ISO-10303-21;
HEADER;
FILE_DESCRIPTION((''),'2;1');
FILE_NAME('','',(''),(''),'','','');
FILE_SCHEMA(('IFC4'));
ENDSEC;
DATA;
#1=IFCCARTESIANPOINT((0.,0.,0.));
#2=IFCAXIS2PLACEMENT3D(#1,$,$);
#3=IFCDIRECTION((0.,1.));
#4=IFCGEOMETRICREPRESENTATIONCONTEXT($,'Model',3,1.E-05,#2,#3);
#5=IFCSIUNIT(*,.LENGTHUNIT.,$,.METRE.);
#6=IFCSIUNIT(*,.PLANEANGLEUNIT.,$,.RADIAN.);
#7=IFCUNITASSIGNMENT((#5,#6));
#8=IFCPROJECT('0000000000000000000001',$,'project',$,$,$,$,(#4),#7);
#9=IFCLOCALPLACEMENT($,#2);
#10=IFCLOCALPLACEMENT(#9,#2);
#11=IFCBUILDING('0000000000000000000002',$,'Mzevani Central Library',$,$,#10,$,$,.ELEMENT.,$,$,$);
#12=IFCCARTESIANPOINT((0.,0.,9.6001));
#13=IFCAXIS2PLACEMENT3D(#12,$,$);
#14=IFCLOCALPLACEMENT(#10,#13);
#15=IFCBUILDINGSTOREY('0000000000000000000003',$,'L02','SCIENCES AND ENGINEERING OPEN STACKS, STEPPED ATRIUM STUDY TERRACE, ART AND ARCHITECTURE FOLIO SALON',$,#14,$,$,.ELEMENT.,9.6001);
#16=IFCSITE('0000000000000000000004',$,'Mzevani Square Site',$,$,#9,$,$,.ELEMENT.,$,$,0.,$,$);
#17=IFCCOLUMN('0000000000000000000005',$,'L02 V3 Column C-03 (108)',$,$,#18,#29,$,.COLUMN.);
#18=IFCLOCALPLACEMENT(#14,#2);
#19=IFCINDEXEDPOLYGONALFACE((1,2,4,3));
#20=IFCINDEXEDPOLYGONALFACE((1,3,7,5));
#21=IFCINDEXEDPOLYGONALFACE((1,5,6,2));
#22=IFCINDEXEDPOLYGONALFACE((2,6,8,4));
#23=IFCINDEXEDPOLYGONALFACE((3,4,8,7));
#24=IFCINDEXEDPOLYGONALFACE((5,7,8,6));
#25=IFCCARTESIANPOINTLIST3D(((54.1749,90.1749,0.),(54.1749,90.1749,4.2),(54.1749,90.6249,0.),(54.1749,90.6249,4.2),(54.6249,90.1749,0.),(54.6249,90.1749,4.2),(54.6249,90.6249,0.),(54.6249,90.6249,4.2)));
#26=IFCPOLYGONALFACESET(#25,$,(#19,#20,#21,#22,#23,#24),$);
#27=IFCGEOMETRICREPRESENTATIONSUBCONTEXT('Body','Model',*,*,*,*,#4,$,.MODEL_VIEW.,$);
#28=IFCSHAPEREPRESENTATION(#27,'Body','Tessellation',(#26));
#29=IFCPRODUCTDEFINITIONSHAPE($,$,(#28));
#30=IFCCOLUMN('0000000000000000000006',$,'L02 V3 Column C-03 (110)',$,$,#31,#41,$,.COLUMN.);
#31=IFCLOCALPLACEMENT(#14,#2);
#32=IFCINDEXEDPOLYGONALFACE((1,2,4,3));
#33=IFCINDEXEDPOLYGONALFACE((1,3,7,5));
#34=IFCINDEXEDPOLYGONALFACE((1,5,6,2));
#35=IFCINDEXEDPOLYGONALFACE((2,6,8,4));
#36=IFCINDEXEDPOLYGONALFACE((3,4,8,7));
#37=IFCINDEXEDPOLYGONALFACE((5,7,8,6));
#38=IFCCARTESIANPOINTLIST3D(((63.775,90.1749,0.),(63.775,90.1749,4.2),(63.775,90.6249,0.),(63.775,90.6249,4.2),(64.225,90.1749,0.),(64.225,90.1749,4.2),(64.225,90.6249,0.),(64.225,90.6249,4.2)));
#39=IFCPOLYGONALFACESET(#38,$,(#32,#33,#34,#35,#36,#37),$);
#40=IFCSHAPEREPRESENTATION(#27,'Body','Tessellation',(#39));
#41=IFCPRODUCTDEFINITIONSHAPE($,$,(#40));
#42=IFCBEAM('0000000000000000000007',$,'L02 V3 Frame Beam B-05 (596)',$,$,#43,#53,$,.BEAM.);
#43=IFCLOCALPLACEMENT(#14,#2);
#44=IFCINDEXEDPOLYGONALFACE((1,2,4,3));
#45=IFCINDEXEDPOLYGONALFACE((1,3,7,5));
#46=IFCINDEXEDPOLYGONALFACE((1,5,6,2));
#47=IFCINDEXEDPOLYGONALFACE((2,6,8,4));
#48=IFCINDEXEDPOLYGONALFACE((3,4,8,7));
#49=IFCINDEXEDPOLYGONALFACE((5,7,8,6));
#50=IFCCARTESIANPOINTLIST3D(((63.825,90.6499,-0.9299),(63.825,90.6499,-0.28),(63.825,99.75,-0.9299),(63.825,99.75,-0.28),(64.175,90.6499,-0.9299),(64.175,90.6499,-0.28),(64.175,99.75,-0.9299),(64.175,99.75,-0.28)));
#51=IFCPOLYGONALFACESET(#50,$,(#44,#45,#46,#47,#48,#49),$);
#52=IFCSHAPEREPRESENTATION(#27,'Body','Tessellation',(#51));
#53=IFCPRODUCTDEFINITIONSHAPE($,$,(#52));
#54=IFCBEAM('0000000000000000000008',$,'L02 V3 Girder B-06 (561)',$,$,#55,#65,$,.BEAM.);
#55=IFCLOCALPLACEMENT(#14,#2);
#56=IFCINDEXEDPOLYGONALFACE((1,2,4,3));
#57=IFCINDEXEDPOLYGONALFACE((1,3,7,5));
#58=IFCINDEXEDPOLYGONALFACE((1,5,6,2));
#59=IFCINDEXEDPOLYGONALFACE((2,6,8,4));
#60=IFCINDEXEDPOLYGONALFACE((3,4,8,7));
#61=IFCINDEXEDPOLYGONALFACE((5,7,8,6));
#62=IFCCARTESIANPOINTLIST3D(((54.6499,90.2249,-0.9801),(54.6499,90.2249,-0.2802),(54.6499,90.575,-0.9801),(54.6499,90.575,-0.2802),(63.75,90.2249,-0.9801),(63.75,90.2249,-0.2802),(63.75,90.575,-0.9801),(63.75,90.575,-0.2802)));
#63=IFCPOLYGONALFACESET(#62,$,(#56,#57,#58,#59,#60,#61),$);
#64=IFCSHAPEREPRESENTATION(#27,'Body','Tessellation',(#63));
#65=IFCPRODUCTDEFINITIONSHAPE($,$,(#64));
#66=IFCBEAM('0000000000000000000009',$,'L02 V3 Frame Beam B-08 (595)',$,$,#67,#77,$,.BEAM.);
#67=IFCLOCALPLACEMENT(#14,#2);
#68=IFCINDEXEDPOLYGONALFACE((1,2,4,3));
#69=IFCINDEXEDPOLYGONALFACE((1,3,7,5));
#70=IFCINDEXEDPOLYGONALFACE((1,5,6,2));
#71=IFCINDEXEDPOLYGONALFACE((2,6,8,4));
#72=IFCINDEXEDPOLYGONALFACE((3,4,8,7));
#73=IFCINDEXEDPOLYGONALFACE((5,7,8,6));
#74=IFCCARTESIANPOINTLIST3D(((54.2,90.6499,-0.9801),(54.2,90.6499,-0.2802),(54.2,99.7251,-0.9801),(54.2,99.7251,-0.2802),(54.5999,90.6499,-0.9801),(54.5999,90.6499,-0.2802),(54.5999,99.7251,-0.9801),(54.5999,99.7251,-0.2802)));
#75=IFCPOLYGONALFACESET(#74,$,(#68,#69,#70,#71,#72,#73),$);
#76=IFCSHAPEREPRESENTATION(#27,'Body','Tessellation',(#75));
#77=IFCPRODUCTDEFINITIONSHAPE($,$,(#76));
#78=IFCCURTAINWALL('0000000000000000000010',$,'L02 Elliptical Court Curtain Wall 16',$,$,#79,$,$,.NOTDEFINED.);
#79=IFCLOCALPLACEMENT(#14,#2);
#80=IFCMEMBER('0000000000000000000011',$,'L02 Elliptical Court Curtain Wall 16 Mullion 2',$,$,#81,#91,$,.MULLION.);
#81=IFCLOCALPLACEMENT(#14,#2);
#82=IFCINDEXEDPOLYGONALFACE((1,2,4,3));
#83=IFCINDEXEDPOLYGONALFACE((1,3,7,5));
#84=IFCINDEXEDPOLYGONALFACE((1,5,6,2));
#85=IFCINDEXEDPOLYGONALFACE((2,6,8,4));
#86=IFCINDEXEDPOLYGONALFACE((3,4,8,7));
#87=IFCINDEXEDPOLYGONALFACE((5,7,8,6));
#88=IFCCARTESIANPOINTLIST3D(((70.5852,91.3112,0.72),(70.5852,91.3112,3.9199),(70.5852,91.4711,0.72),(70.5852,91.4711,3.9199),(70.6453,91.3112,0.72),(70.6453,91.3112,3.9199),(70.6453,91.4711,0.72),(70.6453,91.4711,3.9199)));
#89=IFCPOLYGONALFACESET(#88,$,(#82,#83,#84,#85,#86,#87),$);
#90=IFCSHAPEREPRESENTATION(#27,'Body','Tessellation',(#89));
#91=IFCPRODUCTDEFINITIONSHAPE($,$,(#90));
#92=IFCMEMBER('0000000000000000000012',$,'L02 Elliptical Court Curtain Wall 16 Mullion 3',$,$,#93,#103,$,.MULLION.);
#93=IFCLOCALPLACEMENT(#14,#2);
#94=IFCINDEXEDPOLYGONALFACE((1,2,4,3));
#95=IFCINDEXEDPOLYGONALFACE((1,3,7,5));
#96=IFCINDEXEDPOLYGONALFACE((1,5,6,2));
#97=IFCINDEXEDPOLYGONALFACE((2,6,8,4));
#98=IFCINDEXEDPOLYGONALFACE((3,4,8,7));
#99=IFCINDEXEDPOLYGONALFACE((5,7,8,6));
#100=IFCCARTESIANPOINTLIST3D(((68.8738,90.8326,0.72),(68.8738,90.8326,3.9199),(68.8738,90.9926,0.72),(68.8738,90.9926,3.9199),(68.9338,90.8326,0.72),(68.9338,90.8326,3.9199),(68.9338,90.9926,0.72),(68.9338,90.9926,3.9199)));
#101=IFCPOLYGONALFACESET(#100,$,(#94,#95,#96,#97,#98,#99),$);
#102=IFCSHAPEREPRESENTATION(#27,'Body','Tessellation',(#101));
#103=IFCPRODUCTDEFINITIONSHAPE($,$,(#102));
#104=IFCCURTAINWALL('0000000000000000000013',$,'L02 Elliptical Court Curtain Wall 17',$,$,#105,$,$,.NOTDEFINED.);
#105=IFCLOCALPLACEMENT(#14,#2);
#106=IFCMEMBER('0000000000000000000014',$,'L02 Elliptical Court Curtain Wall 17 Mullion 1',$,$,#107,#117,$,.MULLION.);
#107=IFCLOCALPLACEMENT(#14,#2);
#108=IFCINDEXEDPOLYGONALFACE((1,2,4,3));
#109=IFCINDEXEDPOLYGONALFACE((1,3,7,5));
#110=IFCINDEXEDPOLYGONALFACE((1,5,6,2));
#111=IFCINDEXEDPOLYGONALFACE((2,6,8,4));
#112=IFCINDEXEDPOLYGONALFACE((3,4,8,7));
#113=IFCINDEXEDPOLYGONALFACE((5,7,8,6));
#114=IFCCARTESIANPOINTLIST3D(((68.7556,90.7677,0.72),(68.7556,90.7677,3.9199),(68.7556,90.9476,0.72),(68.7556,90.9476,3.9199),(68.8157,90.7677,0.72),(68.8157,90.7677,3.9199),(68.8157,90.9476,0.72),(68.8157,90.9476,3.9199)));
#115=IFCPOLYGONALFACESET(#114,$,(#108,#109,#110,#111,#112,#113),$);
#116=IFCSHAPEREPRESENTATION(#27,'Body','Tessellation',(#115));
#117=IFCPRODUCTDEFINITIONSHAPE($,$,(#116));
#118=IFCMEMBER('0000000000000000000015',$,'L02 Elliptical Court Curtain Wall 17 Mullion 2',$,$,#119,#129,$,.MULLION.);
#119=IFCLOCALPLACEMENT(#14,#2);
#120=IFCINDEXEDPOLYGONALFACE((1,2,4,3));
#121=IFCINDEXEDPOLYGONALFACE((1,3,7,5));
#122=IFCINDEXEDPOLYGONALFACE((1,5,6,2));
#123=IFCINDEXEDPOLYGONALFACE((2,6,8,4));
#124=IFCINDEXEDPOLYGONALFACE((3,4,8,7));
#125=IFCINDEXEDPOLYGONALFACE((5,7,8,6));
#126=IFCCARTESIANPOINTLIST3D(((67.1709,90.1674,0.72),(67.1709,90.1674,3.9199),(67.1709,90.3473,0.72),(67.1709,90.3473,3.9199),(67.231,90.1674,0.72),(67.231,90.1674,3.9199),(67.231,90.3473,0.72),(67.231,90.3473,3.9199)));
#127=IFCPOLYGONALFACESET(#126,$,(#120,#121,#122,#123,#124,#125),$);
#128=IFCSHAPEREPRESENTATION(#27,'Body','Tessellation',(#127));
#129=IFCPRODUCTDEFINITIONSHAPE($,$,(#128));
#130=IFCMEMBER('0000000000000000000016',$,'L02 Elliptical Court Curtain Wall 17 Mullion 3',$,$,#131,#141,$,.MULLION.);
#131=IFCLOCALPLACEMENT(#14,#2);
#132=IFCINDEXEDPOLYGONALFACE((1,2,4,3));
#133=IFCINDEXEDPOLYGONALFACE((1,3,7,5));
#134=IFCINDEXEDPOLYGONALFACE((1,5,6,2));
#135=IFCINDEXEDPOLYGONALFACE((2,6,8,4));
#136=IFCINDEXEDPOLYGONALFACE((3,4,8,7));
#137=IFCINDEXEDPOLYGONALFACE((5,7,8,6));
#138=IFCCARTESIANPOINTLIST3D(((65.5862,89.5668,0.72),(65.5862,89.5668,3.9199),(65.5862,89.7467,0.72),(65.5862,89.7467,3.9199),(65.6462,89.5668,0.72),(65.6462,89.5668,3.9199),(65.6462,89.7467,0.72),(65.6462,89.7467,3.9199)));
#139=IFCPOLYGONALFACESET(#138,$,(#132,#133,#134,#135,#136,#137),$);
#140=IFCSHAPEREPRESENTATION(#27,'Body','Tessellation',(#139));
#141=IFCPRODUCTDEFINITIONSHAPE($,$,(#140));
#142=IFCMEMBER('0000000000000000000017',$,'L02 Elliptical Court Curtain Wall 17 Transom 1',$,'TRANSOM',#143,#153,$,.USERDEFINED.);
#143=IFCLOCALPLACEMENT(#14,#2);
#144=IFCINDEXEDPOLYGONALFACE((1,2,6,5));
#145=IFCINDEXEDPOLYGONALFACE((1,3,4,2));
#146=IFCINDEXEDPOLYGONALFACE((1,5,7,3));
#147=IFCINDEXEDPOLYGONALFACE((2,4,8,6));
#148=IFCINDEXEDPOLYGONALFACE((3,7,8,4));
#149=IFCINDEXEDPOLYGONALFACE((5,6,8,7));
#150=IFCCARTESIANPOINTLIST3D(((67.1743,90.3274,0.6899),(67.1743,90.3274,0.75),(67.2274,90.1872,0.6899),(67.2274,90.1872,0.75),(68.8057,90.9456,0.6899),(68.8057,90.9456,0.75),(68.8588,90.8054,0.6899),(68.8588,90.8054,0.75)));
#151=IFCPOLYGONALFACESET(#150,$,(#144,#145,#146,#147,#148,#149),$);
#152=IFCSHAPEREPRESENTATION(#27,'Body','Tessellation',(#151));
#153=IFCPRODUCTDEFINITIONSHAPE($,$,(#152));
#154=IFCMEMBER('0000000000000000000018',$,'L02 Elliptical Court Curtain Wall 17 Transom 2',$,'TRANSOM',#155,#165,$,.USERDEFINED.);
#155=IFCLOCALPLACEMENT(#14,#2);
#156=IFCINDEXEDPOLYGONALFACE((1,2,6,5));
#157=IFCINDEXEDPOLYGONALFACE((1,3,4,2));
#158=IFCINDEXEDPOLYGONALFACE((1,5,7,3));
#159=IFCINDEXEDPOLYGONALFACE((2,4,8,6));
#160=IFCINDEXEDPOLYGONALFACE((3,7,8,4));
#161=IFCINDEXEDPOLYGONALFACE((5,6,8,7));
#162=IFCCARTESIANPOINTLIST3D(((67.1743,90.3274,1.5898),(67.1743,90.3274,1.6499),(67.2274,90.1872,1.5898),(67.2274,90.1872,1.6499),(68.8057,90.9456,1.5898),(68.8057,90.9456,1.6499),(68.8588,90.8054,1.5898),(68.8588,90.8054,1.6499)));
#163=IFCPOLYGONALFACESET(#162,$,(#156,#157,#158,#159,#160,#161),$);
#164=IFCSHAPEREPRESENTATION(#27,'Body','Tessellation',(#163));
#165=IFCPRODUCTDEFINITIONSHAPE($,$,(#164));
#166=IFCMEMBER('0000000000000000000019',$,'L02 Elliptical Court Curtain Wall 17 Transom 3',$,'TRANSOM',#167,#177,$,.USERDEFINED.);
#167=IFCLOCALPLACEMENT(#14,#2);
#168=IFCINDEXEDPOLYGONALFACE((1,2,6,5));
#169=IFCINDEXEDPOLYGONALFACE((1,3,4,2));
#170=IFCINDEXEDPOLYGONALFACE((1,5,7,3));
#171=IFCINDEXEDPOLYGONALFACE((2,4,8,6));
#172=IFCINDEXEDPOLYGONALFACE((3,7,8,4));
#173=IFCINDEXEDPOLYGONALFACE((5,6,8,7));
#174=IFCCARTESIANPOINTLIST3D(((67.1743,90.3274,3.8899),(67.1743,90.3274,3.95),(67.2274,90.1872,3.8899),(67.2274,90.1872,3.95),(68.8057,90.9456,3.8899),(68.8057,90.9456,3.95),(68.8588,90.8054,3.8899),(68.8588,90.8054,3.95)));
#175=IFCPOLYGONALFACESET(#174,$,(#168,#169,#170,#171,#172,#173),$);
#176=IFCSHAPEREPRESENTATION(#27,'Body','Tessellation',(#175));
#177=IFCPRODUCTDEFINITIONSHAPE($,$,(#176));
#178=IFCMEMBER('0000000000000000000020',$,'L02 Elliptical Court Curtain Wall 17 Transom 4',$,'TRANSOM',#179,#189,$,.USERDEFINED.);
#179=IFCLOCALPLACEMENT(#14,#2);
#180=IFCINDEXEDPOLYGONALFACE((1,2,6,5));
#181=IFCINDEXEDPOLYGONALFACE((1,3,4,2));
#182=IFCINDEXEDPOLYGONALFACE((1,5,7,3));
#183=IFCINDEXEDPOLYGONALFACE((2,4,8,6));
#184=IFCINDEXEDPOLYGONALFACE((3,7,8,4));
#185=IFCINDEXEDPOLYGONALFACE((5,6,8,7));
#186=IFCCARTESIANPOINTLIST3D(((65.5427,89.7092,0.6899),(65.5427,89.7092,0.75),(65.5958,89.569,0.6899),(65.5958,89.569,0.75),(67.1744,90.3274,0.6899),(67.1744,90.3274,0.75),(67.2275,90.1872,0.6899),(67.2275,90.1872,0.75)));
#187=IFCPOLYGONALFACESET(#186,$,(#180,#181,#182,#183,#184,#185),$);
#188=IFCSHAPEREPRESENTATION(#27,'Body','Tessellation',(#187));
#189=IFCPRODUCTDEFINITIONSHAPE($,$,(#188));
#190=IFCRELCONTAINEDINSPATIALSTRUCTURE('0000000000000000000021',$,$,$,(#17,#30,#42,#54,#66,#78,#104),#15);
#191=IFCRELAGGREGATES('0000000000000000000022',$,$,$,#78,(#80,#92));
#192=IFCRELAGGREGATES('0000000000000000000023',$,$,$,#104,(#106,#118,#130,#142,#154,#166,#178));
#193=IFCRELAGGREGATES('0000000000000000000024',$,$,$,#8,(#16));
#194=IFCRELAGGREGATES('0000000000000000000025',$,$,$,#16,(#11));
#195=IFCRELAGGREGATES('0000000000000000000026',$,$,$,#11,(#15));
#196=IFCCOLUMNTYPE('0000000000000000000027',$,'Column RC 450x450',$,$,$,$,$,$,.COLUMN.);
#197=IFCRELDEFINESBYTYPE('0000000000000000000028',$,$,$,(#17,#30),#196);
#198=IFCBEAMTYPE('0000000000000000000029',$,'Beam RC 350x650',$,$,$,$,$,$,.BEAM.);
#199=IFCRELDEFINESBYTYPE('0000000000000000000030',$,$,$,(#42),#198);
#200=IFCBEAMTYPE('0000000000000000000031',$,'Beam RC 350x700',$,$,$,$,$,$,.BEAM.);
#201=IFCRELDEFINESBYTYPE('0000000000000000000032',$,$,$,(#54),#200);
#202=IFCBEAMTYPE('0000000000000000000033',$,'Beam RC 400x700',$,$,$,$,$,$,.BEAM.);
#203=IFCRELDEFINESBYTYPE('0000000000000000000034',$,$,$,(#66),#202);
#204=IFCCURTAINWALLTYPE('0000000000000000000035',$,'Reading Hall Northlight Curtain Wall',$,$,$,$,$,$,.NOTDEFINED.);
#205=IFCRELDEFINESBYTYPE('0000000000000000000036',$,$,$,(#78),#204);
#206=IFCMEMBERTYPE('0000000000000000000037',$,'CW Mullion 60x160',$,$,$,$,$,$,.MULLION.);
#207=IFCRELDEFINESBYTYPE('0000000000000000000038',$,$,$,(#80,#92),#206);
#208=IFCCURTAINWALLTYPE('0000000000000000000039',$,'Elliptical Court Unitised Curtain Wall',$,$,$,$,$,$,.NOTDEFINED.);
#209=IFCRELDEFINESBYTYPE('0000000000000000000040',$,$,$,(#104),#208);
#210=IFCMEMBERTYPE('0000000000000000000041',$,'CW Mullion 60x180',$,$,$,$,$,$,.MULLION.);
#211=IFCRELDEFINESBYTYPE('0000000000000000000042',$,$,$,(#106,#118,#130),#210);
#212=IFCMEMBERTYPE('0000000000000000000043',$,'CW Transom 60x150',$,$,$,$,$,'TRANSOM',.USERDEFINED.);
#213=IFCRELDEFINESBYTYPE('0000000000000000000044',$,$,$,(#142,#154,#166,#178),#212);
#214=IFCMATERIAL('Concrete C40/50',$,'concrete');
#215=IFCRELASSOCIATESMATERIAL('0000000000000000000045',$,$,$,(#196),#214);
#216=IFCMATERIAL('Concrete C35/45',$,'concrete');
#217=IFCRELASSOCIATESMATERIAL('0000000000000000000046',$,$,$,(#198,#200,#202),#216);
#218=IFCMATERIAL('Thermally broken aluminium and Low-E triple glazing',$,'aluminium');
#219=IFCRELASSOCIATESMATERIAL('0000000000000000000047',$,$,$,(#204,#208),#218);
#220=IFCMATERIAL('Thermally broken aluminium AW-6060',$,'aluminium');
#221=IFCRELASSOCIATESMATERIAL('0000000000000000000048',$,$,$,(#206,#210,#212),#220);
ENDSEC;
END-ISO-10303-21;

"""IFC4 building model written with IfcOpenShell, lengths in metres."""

from ifc_helpers import new_model, si_unit, direction, frame, origin, origin_2d, place, context, subcontext, project, spatial, rectangle, extrude, material, material_profile, profile_set, type_object, element, aggregate, save


model = new_model("IFC4")

# Units and contexts
model_context = context("Model", 3, precision=1e-05, world=origin(), true_north=direction((0.0, 1.0)))
body_context = subcontext(model_context, "Body", "Model", "MODEL_VIEW")
ifc_project = project(units=[si_unit("LENGTHUNIT", "METRE"), si_unit("PLANEANGLEUNIT", "RADIAN")], contexts=[model_context])

# Site, building, storey
site_placement = place(None, origin())
site = spatial("IfcSite", under=ifc_project, at=site_placement, Name="Mzevani Square Site", CompositionType="ELEMENT", RefElevation=0.0)
building_placement = place(site_placement, origin())
building = spatial("IfcBuilding", under=site, at=building_placement, Name="Mzevani Central Library", CompositionType="ELEMENT")
storey_placement = place(building_placement, frame((0.0, 0.0, 9.6001)))
storey = spatial("IfcBuildingStorey", under=building, at=storey_placement, Name="L02", Description="SCIENCES AND ENGINEERING OPEN STACKS, STEPPED ATRIUM STUDY TERRACE, ART AND ARCHITECTURE FOLIO SALON", CompositionType="ELEMENT", Elevation=9.6001)

# Columns
ifc_material_1 = material(Name="Concrete C40/50", Category="concrete")
ifc_material_profile_1 = material_profile(ifc_material_1, rectangle(XDim=0.45, YDim=0.45, at=origin_2d()), Name="RC 450x450")
ifc_profile_set_1 = profile_set([ifc_material_profile_1], Name="Concrete C40/50")
column_type = type_object("IfcColumnType", Name="Column RC 450x450", PredefinedType="COLUMN", material=ifc_profile_set_1)
for number, where, z_axis, x_axis, name in (
    (1, (54.3999, 90.3999, 0.0), (0.0, 0.0, 1.0), (1.0, 0.0, 0.0), "L02 V3 Column C-03 (108)"),
    (2, (64.0, 90.3999, 0.0), (0.0, 0.0, 1.0), (1.0, 0.0, 0.0), "L02 V3 Column C-03 (110)"),
):
    element("IfcColumn", number, at=place(storey_placement, frame(where, z_axis=z_axis, x_axis=x_axis)), inside=storey, type_object=column_type, Name=name, PredefinedType="COLUMN", context=body_context, shape_type="SweptSolid", body=[
        extrude(rectangle(XDim=0.45, YDim=0.45, at=origin_2d()), origin(), (0.0, 0.0, 1.0), 4.2),
    ])

# Beams
ifc_material_2 = material(Name="Concrete C35/45", Category="concrete")
ifc_material_profile_2 = material_profile(ifc_material_2, rectangle(XDim=0.3501, YDim=0.6499, at=origin_2d()), Name="RC B350x650")
ifc_profile_set_2 = profile_set([ifc_material_profile_2], Name="Concrete C35/45")
beam_type_1 = type_object("IfcBeamType", Name="Beam RC 350x650", PredefinedType="BEAM", material=ifc_profile_set_2)
beam_1_placement = place(storey_placement, frame((64.0, 90.6499, -0.605), z_axis=(0.0, 1.0, 0.0), x_axis=(-1.0, 0.0, 0.0)))
element("IfcBeam", 3, at=beam_1_placement, inside=storey, type_object=beam_type_1, Name="L02 V3 Frame Beam B-05 (596)", PredefinedType="BEAM", context=body_context, shape_type="SweptSolid", body=[
    extrude(rectangle(XDim=0.3501, YDim=0.6499, at=origin_2d()), origin(), (0.0, 0.0, 1.0), 9.1001),
])
ifc_material_profile_3 = material_profile(ifc_material_2, rectangle(XDim=0.3501, YDim=0.7, at=origin_2d()), Name="RC B350x700")
ifc_profile_set_3 = profile_set([ifc_material_profile_3], Name="Concrete C35/45")
beam_type_2 = type_object("IfcBeamType", Name="Beam RC 350x700", PredefinedType="BEAM", material=ifc_profile_set_3)
beam_2_placement = place(storey_placement, frame((54.6499, 90.3999, -0.6301), z_axis=(1.0, 0.0, 0.0), x_axis=(0.0, 1.0, 0.0)))
element("IfcBeam", 4, at=beam_2_placement, inside=storey, type_object=beam_type_2, Name="L02 V3 Girder B-06 (561)", PredefinedType="BEAM", context=body_context, shape_type="SweptSolid", body=[
    extrude(rectangle(XDim=0.3501, YDim=0.7, at=origin_2d()), origin(), (0.0, 0.0, 1.0), 9.1001),
])
ifc_material_profile_4 = material_profile(ifc_material_2, rectangle(XDim=0.3999, YDim=0.7, at=origin_2d()), Name="RC B400x700")
ifc_profile_set_4 = profile_set([ifc_material_profile_4], Name="Concrete C35/45")
beam_type_3 = type_object("IfcBeamType", Name="Beam RC 400x700", PredefinedType="BEAM", material=ifc_profile_set_4)
beam_3_placement = place(storey_placement, frame((54.3999, 90.6499, -0.6301), z_axis=(0.0, 1.0, 0.0), x_axis=(-1.0, 0.0, 0.0)))
element("IfcBeam", 5, at=beam_3_placement, inside=storey, type_object=beam_type_3, Name="L02 V3 Frame Beam B-08 (595)", PredefinedType="BEAM", context=body_context, shape_type="SweptSolid", body=[
    extrude(rectangle(XDim=0.3999, YDim=0.7, at=origin_2d()), origin(), (0.0, 0.0, 1.0), 9.0752),
])

# Curtain walls, members
ifc_material_3 = material(Name="Thermally broken aluminium and Low-E triple glazing", Category="aluminium")
curtain_wall_type_1 = type_object("IfcCurtainWallType", Name="Reading Hall Northlight Curtain Wall", PredefinedType="NOTDEFINED", material=ifc_material_3)
curtain_wall_1_placement = place(storey_placement, origin())
curtain_wall_1 = element("IfcCurtainWall", 6, at=curtain_wall_1_placement, inside=storey, type_object=curtain_wall_type_1, Name="L02 Elliptical Court Curtain Wall 16", PredefinedType="NOTDEFINED")
ifc_material_4 = material(Name="Thermally broken aluminium AW-6060", Category="aluminium")
ifc_material_profile_5 = material_profile(ifc_material_4, rectangle(XDim=0.0601, YDim=0.1599, at=origin_2d()), Name="ALU M60x160")
ifc_profile_set_5 = profile_set([ifc_material_profile_5], Name="Thermally broken aluminium AW-6060")
member_type_1 = type_object("IfcMemberType", Name="CW Mullion 60x160", PredefinedType="MULLION", material=ifc_profile_set_5)
member_1_placement = place(storey_placement, frame((70.6152, 91.3911, 0.72), z_axis=(0.0, 0.0, 1.0), x_axis=(1.0, 0.0, 0.0)))
member_1 = element("IfcMember", 7, at=member_1_placement, type_object=member_type_1, Name="L02 Elliptical Court Curtain Wall 16 Mullion 2", PredefinedType="MULLION", context=body_context, shape_type="SweptSolid", body=[
    extrude(rectangle(XDim=0.0601, YDim=0.1599, at=origin_2d()), origin(), (0.0, 0.0, 1.0), 3.2),
])
member_2_placement = place(storey_placement, frame((68.9038, 90.9126, 0.72), z_axis=(0.0, 0.0, 1.0), x_axis=(1.0, 0.0, 0.0)))
member_2 = element("IfcMember", 8, at=member_2_placement, type_object=member_type_1, Name="L02 Elliptical Court Curtain Wall 16 Mullion 3", PredefinedType="MULLION", context=body_context, shape_type="SweptSolid", body=[
    extrude(rectangle(XDim=0.0601, YDim=0.1599, at=origin_2d()), origin(), (0.0, 0.0, 1.0), 3.2),
])
curtain_wall_type_2 = type_object("IfcCurtainWallType", Name="Elliptical Court Unitised Curtain Wall", PredefinedType="NOTDEFINED", material=ifc_material_3)
curtain_wall_2_placement = place(storey_placement, origin())
curtain_wall_2 = element("IfcCurtainWall", 9, at=curtain_wall_2_placement, inside=storey, type_object=curtain_wall_type_2, Name="L02 Elliptical Court Curtain Wall 17", PredefinedType="NOTDEFINED")
ifc_material_profile_6 = material_profile(ifc_material_4, rectangle(XDim=0.0601, YDim=0.1799, at=origin_2d()), Name="ALU M60x180")
ifc_profile_set_6 = profile_set([ifc_material_profile_6], Name="Thermally broken aluminium AW-6060")
member_type_2 = type_object("IfcMemberType", Name="CW Mullion 60x180", PredefinedType="MULLION", material=ifc_profile_set_6)
member_3_placement = place(storey_placement, frame((68.7856, 90.8577, 0.72), z_axis=(0.0, 0.0, 1.0), x_axis=(1.0, 0.0, 0.0)))
member_3 = element("IfcMember", 10, at=member_3_placement, type_object=member_type_2, Name="L02 Elliptical Court Curtain Wall 17 Mullion 1", PredefinedType="MULLION", context=body_context, shape_type="SweptSolid", body=[
    extrude(rectangle(XDim=0.0601, YDim=0.1799, at=origin_2d()), origin(), (0.0, 0.0, 1.0), 3.2),
])
member_4_placement = place(storey_placement, frame((67.2009, 90.2573, 0.72), z_axis=(0.0, 0.0, 1.0), x_axis=(1.0, 0.0, 0.0)))
member_4 = element("IfcMember", 11, at=member_4_placement, type_object=member_type_2, Name="L02 Elliptical Court Curtain Wall 17 Mullion 2", PredefinedType="MULLION", context=body_context, shape_type="SweptSolid", body=[
    extrude(rectangle(XDim=0.0601, YDim=0.1799, at=origin_2d()), origin(), (0.0, 0.0, 1.0), 3.2),
])
member_5_placement = place(storey_placement, frame((65.6162, 89.6567, 0.72), z_axis=(0.0, 0.0, 1.0), x_axis=(1.0, 0.0, 0.0)))
member_5 = element("IfcMember", 12, at=member_5_placement, type_object=member_type_2, Name="L02 Elliptical Court Curtain Wall 17 Mullion 3", PredefinedType="MULLION", context=body_context, shape_type="SweptSolid", body=[
    extrude(rectangle(XDim=0.0601, YDim=0.1799, at=origin_2d()), origin(), (0.0, 0.0, 1.0), 3.2),
])
ifc_material_profile_7 = material_profile(ifc_material_4, rectangle(XDim=0.1499, YDim=0.0601, at=origin_2d()), Name="ALU T60x150")
ifc_profile_set_7 = profile_set([ifc_material_profile_7], Name="Thermally broken aluminium AW-6060")
member_type_3 = type_object("IfcMemberType", Name="CW Transom 60x150", ElementType="TRANSOM", PredefinedType="USERDEFINED", material=ifc_profile_set_7)
member_6_placement = place(storey_placement, frame((68.8323, 90.8755, 0.72), z_axis=(-0.935116, -0.354342, 0.0), x_axis=(0.354342, -0.935116, 0.0)))
member_6 = element("IfcMember", 13, at=member_6_placement, type_object=member_type_3, Name="L02 Elliptical Court Curtain Wall 17 Transom 1", ObjectType="TRANSOM", PredefinedType="USERDEFINED", context=body_context, shape_type="SweptSolid", body=[
    extrude(rectangle(XDim=0.1499, YDim=0.0601, at=origin_2d()), origin(), (0.0, 0.0, 1.0), 1.7446),
])
member_7_placement = place(storey_placement, frame((68.8323, 90.8755, 1.6199), z_axis=(-0.935116, -0.354342, 0.0), x_axis=(0.354342, -0.935116, 0.0)))
member_7 = element("IfcMember", 14, at=member_7_placement, type_object=member_type_3, Name="L02 Elliptical Court Curtain Wall 17 Transom 2", ObjectType="TRANSOM", PredefinedType="USERDEFINED", context=body_context, shape_type="SweptSolid", body=[
    extrude(rectangle(XDim=0.1499, YDim=0.0601, at=origin_2d()), origin(), (0.0, 0.0, 1.0), 1.7446),
])
member_8_placement = place(storey_placement, frame((68.8323, 90.8755, 3.9199), z_axis=(-0.935116, -0.354342, 0.0), x_axis=(0.354342, -0.935116, 0.0)))
member_8 = element("IfcMember", 15, at=member_8_placement, type_object=member_type_3, Name="L02 Elliptical Court Curtain Wall 17 Transom 3", ObjectType="TRANSOM", PredefinedType="USERDEFINED", context=body_context, shape_type="SweptSolid", body=[
    extrude(rectangle(XDim=0.1499, YDim=0.0601, at=origin_2d()), origin(), (0.0, 0.0, 1.0), 1.7446),
])
member_9_placement = place(storey_placement, frame((67.2009, 90.2573, 0.72), z_axis=(-0.935133, -0.354296, 0.0), x_axis=(0.354296, -0.935133, 0.0)))
member_9 = element("IfcMember", 16, at=member_9_placement, type_object=member_type_3, Name="L02 Elliptical Court Curtain Wall 17 Transom 4", ObjectType="TRANSOM", PredefinedType="USERDEFINED", context=body_context, shape_type="SweptSolid", body=[
    extrude(rectangle(XDim=0.1499, YDim=0.0601, at=origin_2d()), origin(), (0.0, 0.0, 1.0), 1.7449),
])

aggregate(curtain_wall_1, [member_1, member_2])
aggregate(curtain_wall_2, [member_3, member_4, member_5, member_6, member_7, member_8, member_9])

save(model, "model.ifc")
